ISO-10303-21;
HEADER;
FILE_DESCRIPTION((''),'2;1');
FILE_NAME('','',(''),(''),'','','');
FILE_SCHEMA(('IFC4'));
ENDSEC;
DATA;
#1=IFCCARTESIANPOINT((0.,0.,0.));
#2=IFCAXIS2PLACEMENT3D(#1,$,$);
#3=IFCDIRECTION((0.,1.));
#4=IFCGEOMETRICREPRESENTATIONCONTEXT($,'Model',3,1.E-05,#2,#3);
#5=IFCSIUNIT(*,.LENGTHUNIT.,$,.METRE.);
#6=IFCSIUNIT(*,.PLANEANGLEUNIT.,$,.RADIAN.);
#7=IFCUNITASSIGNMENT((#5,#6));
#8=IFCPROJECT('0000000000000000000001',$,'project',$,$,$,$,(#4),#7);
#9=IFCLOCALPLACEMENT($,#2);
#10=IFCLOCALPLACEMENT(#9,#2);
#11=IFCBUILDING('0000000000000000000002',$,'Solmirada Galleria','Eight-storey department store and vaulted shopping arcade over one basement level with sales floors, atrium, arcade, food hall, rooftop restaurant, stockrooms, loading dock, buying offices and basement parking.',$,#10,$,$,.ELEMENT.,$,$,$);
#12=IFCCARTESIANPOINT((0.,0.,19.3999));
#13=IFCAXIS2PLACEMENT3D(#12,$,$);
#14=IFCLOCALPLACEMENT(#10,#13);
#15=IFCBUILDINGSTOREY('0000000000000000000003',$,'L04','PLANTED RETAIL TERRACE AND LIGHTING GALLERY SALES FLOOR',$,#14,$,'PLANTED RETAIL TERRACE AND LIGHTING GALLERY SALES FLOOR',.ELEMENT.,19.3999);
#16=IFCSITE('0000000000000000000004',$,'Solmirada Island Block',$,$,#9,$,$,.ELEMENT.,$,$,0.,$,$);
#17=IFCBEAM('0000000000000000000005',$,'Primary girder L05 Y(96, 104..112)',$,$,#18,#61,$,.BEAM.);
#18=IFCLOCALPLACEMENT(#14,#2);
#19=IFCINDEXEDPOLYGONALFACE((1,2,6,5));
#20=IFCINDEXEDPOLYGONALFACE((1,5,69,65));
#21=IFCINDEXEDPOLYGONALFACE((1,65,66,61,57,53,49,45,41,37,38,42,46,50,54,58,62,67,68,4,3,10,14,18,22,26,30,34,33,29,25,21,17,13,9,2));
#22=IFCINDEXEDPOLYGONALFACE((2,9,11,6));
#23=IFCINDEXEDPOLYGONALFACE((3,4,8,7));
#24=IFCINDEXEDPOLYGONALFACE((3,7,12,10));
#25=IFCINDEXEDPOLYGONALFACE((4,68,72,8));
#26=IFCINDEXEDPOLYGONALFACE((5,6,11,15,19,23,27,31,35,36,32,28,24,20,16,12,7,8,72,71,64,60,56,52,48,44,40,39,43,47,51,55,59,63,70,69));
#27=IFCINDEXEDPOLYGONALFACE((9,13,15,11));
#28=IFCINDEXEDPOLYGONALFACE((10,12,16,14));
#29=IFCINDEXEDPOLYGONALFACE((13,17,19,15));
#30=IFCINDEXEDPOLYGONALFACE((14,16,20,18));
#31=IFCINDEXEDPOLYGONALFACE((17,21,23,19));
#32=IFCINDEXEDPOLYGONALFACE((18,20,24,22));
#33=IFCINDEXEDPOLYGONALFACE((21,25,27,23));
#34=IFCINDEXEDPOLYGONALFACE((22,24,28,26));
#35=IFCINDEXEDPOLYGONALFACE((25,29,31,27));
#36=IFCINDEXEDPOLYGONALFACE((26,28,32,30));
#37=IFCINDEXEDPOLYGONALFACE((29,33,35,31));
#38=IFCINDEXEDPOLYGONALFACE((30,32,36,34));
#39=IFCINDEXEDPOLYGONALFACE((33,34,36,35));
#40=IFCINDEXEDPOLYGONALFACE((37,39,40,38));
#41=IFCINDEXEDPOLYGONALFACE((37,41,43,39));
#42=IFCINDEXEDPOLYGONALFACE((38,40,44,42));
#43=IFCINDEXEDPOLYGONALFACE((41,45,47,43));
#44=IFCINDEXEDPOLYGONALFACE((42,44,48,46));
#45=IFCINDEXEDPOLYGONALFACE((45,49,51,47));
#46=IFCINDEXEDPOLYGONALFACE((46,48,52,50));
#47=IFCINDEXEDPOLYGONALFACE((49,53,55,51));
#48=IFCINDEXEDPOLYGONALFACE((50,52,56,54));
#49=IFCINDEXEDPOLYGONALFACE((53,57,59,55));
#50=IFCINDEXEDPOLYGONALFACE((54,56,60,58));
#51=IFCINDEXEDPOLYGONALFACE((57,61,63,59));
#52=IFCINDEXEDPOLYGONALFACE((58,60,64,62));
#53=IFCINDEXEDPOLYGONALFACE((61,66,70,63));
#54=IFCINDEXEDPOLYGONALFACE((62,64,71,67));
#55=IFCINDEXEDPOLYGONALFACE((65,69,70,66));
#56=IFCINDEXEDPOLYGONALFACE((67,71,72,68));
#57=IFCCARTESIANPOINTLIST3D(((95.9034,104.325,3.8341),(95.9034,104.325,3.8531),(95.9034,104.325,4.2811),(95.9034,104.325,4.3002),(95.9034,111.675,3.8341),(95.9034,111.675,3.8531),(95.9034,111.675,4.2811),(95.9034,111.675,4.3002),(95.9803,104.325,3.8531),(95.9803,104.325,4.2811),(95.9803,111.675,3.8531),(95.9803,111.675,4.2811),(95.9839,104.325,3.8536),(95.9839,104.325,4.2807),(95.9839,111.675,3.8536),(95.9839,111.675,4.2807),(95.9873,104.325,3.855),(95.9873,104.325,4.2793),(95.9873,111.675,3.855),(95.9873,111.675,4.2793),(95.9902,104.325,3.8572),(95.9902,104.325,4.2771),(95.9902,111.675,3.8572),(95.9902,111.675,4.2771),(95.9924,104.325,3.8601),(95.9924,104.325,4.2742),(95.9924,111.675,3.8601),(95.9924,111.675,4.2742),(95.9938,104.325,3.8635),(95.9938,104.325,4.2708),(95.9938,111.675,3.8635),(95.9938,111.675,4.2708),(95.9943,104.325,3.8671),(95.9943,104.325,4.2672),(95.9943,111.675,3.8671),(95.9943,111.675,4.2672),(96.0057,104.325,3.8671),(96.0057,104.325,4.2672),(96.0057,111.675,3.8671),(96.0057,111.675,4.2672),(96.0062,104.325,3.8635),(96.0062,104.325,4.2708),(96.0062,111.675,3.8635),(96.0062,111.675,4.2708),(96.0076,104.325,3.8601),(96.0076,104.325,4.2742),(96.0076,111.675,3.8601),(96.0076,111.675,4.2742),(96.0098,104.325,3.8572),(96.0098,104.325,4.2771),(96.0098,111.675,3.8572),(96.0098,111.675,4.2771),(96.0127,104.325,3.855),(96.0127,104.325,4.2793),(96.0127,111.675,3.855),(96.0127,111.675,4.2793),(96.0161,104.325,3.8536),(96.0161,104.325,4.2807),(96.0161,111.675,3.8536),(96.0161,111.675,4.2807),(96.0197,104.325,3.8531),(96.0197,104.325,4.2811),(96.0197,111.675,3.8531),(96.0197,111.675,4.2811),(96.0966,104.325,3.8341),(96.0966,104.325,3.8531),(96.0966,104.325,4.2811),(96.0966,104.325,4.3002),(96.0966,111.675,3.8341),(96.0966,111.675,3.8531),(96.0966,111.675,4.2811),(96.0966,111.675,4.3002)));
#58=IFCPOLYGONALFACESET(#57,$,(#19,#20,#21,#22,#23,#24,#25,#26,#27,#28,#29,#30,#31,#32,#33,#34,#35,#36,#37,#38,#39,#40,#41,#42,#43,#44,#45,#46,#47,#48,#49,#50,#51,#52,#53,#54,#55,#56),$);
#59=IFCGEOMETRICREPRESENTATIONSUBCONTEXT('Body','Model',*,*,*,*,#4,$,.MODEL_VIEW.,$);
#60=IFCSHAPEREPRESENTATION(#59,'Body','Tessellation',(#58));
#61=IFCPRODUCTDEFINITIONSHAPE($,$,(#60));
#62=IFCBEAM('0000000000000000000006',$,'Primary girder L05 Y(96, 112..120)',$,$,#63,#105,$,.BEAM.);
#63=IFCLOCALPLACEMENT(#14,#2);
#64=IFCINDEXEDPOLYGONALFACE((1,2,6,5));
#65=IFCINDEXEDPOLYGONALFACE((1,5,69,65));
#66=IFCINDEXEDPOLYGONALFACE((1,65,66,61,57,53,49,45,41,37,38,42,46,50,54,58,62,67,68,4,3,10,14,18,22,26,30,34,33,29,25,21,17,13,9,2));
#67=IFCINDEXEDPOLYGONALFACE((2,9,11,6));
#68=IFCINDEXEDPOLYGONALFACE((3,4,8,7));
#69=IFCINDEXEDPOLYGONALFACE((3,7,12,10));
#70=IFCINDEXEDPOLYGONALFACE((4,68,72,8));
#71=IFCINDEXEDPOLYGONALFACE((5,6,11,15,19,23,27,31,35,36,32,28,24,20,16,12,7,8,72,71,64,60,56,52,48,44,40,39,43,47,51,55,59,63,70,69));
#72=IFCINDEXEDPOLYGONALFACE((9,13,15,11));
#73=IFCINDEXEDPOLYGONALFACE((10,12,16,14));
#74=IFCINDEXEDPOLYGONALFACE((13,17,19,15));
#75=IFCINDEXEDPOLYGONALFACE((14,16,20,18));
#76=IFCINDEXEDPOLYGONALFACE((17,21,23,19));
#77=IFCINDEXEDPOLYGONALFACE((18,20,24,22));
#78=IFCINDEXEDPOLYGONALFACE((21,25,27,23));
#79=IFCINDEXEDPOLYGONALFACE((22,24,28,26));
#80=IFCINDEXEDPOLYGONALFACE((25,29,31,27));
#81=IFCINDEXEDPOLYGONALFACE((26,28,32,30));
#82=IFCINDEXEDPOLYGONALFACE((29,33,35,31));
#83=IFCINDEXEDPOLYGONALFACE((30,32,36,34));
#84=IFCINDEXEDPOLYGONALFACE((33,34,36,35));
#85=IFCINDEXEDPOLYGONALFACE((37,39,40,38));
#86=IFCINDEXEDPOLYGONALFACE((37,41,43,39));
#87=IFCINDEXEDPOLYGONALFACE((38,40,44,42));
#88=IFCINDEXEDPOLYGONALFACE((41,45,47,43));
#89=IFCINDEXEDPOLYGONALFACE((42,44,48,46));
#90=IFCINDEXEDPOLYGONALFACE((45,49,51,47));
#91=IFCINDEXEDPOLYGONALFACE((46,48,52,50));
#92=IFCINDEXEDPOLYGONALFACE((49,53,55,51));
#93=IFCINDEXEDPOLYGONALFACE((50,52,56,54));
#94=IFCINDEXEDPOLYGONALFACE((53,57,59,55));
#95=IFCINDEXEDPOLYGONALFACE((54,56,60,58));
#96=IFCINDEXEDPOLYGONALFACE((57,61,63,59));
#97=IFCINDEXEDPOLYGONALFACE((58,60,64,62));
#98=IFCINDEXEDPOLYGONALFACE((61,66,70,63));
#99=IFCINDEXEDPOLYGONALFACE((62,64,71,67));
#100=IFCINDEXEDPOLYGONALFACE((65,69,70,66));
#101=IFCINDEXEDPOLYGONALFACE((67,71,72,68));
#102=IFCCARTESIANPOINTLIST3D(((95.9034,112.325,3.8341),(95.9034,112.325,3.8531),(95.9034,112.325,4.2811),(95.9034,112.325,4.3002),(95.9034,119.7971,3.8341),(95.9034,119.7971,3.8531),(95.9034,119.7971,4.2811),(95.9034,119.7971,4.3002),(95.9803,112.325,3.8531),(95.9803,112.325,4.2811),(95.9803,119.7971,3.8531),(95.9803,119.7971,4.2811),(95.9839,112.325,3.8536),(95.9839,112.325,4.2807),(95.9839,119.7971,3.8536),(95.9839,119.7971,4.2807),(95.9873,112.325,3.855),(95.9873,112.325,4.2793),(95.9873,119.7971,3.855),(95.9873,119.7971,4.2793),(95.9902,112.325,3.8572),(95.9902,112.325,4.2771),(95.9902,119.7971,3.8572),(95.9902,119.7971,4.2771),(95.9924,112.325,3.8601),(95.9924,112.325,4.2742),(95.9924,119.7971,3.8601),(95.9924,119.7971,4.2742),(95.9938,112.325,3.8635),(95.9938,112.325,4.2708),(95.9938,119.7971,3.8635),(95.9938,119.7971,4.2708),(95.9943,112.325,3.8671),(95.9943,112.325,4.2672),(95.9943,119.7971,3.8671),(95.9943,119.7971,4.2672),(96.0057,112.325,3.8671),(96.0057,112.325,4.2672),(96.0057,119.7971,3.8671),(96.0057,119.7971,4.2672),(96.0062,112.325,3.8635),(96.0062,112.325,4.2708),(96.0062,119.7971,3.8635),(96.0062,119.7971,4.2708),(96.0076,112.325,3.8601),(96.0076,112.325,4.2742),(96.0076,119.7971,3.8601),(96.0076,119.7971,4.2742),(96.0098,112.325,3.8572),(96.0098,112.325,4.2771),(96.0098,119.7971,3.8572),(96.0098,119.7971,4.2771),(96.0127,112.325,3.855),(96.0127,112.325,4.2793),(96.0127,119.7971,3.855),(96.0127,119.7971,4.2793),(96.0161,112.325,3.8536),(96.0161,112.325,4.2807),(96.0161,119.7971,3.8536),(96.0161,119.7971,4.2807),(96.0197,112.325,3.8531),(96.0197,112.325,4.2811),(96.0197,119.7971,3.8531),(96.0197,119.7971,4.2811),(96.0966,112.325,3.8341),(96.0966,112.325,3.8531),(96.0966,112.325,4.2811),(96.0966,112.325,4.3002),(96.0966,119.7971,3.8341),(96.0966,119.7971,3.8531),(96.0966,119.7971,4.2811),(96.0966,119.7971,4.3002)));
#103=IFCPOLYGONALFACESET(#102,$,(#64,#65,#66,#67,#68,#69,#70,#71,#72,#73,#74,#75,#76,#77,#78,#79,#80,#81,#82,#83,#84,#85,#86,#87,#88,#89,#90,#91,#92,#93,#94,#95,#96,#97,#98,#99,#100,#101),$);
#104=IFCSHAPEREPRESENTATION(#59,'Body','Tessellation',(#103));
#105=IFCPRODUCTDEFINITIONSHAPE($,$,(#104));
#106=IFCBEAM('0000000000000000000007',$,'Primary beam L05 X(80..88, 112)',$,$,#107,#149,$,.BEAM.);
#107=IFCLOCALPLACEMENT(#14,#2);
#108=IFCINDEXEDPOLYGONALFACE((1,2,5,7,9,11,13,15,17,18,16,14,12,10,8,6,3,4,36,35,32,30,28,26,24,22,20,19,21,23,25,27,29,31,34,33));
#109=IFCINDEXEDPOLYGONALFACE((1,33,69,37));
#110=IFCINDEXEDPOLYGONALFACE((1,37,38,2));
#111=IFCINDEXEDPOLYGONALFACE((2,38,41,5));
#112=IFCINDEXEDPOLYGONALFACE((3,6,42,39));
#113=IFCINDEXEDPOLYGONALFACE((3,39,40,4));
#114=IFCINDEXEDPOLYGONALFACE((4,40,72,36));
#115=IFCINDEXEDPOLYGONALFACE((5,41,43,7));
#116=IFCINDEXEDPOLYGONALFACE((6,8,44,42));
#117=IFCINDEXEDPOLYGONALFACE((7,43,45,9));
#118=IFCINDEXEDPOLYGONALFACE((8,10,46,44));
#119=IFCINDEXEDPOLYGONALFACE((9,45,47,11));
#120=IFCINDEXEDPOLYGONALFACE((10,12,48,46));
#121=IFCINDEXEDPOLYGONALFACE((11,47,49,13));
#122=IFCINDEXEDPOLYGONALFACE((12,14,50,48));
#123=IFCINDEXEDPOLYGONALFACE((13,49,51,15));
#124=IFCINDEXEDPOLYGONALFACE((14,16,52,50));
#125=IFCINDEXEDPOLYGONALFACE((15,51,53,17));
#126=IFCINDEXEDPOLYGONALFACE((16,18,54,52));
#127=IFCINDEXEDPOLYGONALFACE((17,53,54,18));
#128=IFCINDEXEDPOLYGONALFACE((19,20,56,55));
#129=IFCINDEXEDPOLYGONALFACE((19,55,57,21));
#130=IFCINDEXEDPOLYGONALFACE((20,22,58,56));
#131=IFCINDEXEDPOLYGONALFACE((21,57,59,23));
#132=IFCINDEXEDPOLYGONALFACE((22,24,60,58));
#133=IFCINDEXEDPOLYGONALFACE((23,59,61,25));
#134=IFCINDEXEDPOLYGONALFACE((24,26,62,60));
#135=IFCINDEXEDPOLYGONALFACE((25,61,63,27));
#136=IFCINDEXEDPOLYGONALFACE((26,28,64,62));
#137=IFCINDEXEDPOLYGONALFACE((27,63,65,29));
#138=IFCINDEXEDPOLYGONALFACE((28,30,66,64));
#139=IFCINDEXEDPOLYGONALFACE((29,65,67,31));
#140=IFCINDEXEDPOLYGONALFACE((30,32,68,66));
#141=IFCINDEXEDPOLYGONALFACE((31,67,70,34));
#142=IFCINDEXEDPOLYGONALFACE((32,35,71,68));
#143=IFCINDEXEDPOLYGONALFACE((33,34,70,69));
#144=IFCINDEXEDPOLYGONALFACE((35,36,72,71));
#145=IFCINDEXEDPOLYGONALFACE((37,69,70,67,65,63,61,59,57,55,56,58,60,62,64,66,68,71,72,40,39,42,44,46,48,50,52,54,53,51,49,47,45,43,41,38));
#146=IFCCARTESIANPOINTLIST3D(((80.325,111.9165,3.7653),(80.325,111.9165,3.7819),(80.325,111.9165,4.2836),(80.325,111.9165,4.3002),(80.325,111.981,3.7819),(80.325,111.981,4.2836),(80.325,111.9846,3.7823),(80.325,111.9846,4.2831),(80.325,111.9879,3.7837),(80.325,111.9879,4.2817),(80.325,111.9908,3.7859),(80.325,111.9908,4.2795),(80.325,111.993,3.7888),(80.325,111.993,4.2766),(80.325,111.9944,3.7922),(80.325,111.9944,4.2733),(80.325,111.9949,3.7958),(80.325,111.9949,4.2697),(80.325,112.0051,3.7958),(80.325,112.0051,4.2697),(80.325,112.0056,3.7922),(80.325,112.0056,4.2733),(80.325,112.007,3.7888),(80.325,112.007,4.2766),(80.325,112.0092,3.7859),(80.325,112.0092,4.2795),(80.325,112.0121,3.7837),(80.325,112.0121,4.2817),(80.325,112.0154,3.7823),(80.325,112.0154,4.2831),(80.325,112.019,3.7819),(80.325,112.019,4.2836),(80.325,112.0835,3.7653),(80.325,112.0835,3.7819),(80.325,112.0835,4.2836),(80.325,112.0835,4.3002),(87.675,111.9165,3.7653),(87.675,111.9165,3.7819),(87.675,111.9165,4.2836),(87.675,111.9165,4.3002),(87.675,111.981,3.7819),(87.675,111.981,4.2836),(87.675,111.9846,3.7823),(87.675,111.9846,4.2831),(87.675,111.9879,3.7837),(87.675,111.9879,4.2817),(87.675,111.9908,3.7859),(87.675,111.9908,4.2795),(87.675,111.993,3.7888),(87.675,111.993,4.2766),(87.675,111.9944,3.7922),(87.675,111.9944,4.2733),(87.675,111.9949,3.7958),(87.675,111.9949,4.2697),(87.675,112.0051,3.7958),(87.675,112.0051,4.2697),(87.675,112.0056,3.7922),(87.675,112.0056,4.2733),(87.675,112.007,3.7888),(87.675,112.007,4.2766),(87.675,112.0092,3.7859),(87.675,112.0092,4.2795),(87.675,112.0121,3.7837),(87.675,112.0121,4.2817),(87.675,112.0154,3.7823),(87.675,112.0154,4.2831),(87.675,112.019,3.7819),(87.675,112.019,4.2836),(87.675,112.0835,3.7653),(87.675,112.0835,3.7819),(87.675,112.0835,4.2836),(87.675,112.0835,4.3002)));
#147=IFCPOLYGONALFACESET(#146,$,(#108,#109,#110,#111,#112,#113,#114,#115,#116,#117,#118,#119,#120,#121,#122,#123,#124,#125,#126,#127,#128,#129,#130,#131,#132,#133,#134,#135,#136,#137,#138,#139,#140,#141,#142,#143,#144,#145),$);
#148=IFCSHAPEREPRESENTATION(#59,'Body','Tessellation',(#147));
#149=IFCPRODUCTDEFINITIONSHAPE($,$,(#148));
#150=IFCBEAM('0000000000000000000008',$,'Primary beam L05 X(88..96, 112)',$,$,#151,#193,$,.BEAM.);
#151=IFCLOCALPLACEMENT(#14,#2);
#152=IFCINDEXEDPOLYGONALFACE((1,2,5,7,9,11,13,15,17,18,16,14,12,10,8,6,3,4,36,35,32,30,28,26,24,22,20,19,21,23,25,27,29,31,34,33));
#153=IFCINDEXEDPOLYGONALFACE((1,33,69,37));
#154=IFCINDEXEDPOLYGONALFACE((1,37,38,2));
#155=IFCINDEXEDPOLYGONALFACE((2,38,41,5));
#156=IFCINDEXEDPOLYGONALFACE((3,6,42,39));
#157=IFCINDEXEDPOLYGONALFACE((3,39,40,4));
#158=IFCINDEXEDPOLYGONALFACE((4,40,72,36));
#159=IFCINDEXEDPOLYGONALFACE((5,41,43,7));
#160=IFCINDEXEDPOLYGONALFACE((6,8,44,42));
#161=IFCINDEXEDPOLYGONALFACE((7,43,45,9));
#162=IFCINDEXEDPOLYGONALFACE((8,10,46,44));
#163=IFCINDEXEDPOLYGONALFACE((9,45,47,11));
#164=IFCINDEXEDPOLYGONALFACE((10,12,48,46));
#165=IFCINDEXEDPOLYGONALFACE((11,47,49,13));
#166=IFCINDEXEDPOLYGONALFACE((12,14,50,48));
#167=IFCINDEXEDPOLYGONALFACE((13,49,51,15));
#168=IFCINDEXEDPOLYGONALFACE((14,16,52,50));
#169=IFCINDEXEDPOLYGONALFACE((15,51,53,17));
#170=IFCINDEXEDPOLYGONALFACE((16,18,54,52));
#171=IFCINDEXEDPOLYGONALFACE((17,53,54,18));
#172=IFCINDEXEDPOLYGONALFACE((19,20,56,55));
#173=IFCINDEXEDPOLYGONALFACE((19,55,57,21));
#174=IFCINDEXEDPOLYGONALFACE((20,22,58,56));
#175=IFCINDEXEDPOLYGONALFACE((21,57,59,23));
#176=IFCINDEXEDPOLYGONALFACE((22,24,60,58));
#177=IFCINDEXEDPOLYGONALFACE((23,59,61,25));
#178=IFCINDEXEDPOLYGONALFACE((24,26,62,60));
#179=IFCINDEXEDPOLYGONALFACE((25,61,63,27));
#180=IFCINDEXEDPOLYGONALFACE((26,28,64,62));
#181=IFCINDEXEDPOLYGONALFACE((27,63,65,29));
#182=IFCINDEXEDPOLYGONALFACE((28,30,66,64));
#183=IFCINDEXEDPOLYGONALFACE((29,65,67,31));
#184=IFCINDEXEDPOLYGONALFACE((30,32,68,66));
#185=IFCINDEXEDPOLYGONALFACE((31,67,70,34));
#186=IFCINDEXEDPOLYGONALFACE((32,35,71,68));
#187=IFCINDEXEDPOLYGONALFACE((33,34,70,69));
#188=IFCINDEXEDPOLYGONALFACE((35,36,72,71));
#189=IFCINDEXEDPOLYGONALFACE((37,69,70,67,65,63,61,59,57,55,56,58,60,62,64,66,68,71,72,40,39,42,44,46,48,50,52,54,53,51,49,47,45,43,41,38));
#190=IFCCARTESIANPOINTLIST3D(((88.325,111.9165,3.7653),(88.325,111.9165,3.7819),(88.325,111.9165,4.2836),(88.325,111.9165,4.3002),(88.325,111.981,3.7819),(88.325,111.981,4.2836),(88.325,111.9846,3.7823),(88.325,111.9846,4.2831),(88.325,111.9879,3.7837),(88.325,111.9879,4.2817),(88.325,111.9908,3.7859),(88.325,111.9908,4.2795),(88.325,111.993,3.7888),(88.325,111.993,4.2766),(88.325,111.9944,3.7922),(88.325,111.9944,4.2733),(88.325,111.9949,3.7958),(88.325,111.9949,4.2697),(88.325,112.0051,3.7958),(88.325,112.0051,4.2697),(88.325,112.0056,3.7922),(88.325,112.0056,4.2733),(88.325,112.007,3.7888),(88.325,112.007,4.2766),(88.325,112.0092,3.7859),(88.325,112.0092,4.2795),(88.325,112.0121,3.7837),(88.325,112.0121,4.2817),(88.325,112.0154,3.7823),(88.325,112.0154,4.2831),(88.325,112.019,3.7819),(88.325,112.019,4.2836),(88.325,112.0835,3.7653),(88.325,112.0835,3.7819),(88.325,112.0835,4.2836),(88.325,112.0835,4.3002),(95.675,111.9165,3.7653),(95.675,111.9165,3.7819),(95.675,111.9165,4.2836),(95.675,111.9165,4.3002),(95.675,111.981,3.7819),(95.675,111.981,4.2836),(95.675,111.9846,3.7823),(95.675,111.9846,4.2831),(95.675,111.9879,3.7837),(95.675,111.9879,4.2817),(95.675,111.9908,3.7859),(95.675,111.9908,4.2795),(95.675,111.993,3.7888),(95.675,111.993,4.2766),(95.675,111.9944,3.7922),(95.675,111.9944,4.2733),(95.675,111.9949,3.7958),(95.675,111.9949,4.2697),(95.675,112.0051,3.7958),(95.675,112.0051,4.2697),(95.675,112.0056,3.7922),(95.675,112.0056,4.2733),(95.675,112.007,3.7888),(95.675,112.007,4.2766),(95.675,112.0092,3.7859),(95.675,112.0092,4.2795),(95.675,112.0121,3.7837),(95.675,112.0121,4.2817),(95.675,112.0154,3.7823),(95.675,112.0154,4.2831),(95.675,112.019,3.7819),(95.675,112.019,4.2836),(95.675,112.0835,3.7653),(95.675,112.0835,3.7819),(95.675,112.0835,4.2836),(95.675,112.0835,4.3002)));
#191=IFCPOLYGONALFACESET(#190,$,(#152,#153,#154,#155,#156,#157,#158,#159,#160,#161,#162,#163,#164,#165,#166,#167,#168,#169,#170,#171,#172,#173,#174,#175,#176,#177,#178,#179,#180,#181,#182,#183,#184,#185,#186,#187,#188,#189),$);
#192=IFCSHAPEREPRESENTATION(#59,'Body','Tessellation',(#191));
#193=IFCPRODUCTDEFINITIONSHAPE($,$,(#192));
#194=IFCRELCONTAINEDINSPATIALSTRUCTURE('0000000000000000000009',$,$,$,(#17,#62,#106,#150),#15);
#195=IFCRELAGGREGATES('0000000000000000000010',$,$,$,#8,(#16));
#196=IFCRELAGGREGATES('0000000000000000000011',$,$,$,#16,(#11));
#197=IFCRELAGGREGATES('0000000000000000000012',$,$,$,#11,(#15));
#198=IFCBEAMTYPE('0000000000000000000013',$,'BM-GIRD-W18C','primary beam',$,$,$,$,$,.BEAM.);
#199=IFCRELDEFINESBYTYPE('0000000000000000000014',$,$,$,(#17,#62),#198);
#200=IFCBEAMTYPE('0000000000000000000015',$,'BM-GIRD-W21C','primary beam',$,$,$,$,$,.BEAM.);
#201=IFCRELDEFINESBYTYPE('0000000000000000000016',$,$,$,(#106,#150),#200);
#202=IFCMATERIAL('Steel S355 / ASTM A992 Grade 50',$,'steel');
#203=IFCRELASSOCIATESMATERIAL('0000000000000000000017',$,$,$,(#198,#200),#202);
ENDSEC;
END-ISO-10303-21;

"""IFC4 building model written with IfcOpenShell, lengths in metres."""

from ifc_helpers import new_model, si_unit, direction, frame, origin, origin_2d, place, context, subcontext, project, spatial, i_section, extrude, material, material_profile, profile_set, type_object, element, save


model = new_model("IFC4")

# Units and contexts
model_context = context("Model", 3, precision=1e-05, world=origin(), true_north=direction((0.0, 1.0)))
body_context = subcontext(model_context, "Body", "Model", "MODEL_VIEW")
ifc_project = project(units=[si_unit("LENGTHUNIT", "METRE"), si_unit("PLANEANGLEUNIT", "RADIAN")], contexts=[model_context])

# Site, building, storey
site_placement = place(None, origin())
site = spatial("IfcSite", under=ifc_project, at=site_placement, Name="Solmirada Island Block", CompositionType="ELEMENT", RefElevation=0.0)
building_placement = place(site_placement, origin())
building = spatial("IfcBuilding", under=site, at=building_placement, Name="Solmirada Galleria", Description="Eight-storey department store and vaulted shopping arcade over one basement level with sales floors, atrium, arcade, food hall, rooftop restaurant, stockrooms, loading dock, buying offices and basement parking.", CompositionType="ELEMENT")
storey_placement = place(building_placement, frame((0.0, 0.0, 19.3999)))
storey = spatial("IfcBuildingStorey", under=building, at=storey_placement, Name="L04", Description="PLANTED RETAIL TERRACE AND LIGHTING GALLERY SALES FLOOR", LongName="PLANTED RETAIL TERRACE AND LIGHTING GALLERY SALES FLOOR", CompositionType="ELEMENT", Elevation=19.3999)

# Beams
ifc_material_1 = material(Name="Steel S355 / ASTM A992 Grade 50", Category="steel")
ifc_material_profile_1 = material_profile(ifc_material_1, i_section(OverallWidth=0.1931, OverallDepth=0.4661, WebThickness=0.0115, FlangeThickness=0.019, FilletRadius=0.0139, at=origin_2d()), Name="W18X65")
ifc_profile_set_1 = profile_set([ifc_material_profile_1], Name="Steel S355 / ASTM A992 Grade 50")
beam_type_1 = type_object("IfcBeamType", Name="BM-GIRD-W18C", Description="primary beam", PredefinedType="BEAM", material=ifc_profile_set_1)
beam_1_placement = place(storey_placement, frame((96.0, 104.325, 4.0671), z_axis=(0.0, 1.0, 0.0), x_axis=(-1.0, 0.0, 0.0)))
element("IfcBeam", 1, at=beam_1_placement, inside=storey, type_object=beam_type_1, Name="Primary girder L05 Y(96, 104..112)", PredefinedType="BEAM", context=body_context, shape_type="SweptSolid", body=[
    extrude(i_section(OverallWidth=0.1931, OverallDepth=0.4661, WebThickness=0.0115, FlangeThickness=0.019, FilletRadius=0.0139, at=origin_2d()), origin(), (0.0, 0.0, 1.0), 7.3501),
])
beam_2_placement = place(storey_placement, frame((96.0, 112.325, 4.0671), z_axis=(0.0, 1.0, 0.0), x_axis=(-1.0, 0.0, 0.0)))
element("IfcBeam", 2, at=beam_2_placement, inside=storey, type_object=beam_type_1, Name="Primary girder L05 Y(96, 112..120)", PredefinedType="BEAM", context=body_context, shape_type="SweptSolid", body=[
    extrude(i_section(OverallWidth=0.1931, OverallDepth=0.4661, WebThickness=0.0115, FlangeThickness=0.019, FilletRadius=0.0139, at=origin_2d()), origin(), (0.0, 0.0, 1.0), 7.4722),
])
ifc_material_profile_2 = material_profile(ifc_material_1, i_section(OverallWidth=0.167, OverallDepth=0.5349, WebThickness=0.0103, FlangeThickness=0.0166, FilletRadius=0.0139, at=origin_2d()), Name="W21X57")
ifc_profile_set_2 = profile_set([ifc_material_profile_2], Name="Steel S355 / ASTM A992 Grade 50")
beam_type_2 = type_object("IfcBeamType", Name="BM-GIRD-W21C", Description="primary beam", PredefinedType="BEAM", material=ifc_profile_set_2)
for number, where, z_axis, x_axis, name in (
    (3, (80.325, 112.0, 4.0327), (1.0, 0.0, 0.0), (0.0, 1.0, 0.0), "Primary beam L05 X(80..88, 112)"),
    (4, (88.325, 112.0, 4.0327), (1.0, 0.0, 0.0), (0.0, 1.0, 0.0), "Primary beam L05 X(88..96, 112)"),
):
    element("IfcBeam", number, at=place(storey_placement, frame(where, z_axis=z_axis, x_axis=x_axis)), inside=storey, type_object=beam_type_2, Name=name, PredefinedType="BEAM", context=body_context, shape_type="SweptSolid", body=[
        extrude(i_section(OverallWidth=0.167, OverallDepth=0.5349, WebThickness=0.0103, FlangeThickness=0.0166, FilletRadius=0.0139, at=origin_2d()), origin(), (0.0, 0.0, 1.0), 7.3501),
    ])

save(model, "model.ifc")
